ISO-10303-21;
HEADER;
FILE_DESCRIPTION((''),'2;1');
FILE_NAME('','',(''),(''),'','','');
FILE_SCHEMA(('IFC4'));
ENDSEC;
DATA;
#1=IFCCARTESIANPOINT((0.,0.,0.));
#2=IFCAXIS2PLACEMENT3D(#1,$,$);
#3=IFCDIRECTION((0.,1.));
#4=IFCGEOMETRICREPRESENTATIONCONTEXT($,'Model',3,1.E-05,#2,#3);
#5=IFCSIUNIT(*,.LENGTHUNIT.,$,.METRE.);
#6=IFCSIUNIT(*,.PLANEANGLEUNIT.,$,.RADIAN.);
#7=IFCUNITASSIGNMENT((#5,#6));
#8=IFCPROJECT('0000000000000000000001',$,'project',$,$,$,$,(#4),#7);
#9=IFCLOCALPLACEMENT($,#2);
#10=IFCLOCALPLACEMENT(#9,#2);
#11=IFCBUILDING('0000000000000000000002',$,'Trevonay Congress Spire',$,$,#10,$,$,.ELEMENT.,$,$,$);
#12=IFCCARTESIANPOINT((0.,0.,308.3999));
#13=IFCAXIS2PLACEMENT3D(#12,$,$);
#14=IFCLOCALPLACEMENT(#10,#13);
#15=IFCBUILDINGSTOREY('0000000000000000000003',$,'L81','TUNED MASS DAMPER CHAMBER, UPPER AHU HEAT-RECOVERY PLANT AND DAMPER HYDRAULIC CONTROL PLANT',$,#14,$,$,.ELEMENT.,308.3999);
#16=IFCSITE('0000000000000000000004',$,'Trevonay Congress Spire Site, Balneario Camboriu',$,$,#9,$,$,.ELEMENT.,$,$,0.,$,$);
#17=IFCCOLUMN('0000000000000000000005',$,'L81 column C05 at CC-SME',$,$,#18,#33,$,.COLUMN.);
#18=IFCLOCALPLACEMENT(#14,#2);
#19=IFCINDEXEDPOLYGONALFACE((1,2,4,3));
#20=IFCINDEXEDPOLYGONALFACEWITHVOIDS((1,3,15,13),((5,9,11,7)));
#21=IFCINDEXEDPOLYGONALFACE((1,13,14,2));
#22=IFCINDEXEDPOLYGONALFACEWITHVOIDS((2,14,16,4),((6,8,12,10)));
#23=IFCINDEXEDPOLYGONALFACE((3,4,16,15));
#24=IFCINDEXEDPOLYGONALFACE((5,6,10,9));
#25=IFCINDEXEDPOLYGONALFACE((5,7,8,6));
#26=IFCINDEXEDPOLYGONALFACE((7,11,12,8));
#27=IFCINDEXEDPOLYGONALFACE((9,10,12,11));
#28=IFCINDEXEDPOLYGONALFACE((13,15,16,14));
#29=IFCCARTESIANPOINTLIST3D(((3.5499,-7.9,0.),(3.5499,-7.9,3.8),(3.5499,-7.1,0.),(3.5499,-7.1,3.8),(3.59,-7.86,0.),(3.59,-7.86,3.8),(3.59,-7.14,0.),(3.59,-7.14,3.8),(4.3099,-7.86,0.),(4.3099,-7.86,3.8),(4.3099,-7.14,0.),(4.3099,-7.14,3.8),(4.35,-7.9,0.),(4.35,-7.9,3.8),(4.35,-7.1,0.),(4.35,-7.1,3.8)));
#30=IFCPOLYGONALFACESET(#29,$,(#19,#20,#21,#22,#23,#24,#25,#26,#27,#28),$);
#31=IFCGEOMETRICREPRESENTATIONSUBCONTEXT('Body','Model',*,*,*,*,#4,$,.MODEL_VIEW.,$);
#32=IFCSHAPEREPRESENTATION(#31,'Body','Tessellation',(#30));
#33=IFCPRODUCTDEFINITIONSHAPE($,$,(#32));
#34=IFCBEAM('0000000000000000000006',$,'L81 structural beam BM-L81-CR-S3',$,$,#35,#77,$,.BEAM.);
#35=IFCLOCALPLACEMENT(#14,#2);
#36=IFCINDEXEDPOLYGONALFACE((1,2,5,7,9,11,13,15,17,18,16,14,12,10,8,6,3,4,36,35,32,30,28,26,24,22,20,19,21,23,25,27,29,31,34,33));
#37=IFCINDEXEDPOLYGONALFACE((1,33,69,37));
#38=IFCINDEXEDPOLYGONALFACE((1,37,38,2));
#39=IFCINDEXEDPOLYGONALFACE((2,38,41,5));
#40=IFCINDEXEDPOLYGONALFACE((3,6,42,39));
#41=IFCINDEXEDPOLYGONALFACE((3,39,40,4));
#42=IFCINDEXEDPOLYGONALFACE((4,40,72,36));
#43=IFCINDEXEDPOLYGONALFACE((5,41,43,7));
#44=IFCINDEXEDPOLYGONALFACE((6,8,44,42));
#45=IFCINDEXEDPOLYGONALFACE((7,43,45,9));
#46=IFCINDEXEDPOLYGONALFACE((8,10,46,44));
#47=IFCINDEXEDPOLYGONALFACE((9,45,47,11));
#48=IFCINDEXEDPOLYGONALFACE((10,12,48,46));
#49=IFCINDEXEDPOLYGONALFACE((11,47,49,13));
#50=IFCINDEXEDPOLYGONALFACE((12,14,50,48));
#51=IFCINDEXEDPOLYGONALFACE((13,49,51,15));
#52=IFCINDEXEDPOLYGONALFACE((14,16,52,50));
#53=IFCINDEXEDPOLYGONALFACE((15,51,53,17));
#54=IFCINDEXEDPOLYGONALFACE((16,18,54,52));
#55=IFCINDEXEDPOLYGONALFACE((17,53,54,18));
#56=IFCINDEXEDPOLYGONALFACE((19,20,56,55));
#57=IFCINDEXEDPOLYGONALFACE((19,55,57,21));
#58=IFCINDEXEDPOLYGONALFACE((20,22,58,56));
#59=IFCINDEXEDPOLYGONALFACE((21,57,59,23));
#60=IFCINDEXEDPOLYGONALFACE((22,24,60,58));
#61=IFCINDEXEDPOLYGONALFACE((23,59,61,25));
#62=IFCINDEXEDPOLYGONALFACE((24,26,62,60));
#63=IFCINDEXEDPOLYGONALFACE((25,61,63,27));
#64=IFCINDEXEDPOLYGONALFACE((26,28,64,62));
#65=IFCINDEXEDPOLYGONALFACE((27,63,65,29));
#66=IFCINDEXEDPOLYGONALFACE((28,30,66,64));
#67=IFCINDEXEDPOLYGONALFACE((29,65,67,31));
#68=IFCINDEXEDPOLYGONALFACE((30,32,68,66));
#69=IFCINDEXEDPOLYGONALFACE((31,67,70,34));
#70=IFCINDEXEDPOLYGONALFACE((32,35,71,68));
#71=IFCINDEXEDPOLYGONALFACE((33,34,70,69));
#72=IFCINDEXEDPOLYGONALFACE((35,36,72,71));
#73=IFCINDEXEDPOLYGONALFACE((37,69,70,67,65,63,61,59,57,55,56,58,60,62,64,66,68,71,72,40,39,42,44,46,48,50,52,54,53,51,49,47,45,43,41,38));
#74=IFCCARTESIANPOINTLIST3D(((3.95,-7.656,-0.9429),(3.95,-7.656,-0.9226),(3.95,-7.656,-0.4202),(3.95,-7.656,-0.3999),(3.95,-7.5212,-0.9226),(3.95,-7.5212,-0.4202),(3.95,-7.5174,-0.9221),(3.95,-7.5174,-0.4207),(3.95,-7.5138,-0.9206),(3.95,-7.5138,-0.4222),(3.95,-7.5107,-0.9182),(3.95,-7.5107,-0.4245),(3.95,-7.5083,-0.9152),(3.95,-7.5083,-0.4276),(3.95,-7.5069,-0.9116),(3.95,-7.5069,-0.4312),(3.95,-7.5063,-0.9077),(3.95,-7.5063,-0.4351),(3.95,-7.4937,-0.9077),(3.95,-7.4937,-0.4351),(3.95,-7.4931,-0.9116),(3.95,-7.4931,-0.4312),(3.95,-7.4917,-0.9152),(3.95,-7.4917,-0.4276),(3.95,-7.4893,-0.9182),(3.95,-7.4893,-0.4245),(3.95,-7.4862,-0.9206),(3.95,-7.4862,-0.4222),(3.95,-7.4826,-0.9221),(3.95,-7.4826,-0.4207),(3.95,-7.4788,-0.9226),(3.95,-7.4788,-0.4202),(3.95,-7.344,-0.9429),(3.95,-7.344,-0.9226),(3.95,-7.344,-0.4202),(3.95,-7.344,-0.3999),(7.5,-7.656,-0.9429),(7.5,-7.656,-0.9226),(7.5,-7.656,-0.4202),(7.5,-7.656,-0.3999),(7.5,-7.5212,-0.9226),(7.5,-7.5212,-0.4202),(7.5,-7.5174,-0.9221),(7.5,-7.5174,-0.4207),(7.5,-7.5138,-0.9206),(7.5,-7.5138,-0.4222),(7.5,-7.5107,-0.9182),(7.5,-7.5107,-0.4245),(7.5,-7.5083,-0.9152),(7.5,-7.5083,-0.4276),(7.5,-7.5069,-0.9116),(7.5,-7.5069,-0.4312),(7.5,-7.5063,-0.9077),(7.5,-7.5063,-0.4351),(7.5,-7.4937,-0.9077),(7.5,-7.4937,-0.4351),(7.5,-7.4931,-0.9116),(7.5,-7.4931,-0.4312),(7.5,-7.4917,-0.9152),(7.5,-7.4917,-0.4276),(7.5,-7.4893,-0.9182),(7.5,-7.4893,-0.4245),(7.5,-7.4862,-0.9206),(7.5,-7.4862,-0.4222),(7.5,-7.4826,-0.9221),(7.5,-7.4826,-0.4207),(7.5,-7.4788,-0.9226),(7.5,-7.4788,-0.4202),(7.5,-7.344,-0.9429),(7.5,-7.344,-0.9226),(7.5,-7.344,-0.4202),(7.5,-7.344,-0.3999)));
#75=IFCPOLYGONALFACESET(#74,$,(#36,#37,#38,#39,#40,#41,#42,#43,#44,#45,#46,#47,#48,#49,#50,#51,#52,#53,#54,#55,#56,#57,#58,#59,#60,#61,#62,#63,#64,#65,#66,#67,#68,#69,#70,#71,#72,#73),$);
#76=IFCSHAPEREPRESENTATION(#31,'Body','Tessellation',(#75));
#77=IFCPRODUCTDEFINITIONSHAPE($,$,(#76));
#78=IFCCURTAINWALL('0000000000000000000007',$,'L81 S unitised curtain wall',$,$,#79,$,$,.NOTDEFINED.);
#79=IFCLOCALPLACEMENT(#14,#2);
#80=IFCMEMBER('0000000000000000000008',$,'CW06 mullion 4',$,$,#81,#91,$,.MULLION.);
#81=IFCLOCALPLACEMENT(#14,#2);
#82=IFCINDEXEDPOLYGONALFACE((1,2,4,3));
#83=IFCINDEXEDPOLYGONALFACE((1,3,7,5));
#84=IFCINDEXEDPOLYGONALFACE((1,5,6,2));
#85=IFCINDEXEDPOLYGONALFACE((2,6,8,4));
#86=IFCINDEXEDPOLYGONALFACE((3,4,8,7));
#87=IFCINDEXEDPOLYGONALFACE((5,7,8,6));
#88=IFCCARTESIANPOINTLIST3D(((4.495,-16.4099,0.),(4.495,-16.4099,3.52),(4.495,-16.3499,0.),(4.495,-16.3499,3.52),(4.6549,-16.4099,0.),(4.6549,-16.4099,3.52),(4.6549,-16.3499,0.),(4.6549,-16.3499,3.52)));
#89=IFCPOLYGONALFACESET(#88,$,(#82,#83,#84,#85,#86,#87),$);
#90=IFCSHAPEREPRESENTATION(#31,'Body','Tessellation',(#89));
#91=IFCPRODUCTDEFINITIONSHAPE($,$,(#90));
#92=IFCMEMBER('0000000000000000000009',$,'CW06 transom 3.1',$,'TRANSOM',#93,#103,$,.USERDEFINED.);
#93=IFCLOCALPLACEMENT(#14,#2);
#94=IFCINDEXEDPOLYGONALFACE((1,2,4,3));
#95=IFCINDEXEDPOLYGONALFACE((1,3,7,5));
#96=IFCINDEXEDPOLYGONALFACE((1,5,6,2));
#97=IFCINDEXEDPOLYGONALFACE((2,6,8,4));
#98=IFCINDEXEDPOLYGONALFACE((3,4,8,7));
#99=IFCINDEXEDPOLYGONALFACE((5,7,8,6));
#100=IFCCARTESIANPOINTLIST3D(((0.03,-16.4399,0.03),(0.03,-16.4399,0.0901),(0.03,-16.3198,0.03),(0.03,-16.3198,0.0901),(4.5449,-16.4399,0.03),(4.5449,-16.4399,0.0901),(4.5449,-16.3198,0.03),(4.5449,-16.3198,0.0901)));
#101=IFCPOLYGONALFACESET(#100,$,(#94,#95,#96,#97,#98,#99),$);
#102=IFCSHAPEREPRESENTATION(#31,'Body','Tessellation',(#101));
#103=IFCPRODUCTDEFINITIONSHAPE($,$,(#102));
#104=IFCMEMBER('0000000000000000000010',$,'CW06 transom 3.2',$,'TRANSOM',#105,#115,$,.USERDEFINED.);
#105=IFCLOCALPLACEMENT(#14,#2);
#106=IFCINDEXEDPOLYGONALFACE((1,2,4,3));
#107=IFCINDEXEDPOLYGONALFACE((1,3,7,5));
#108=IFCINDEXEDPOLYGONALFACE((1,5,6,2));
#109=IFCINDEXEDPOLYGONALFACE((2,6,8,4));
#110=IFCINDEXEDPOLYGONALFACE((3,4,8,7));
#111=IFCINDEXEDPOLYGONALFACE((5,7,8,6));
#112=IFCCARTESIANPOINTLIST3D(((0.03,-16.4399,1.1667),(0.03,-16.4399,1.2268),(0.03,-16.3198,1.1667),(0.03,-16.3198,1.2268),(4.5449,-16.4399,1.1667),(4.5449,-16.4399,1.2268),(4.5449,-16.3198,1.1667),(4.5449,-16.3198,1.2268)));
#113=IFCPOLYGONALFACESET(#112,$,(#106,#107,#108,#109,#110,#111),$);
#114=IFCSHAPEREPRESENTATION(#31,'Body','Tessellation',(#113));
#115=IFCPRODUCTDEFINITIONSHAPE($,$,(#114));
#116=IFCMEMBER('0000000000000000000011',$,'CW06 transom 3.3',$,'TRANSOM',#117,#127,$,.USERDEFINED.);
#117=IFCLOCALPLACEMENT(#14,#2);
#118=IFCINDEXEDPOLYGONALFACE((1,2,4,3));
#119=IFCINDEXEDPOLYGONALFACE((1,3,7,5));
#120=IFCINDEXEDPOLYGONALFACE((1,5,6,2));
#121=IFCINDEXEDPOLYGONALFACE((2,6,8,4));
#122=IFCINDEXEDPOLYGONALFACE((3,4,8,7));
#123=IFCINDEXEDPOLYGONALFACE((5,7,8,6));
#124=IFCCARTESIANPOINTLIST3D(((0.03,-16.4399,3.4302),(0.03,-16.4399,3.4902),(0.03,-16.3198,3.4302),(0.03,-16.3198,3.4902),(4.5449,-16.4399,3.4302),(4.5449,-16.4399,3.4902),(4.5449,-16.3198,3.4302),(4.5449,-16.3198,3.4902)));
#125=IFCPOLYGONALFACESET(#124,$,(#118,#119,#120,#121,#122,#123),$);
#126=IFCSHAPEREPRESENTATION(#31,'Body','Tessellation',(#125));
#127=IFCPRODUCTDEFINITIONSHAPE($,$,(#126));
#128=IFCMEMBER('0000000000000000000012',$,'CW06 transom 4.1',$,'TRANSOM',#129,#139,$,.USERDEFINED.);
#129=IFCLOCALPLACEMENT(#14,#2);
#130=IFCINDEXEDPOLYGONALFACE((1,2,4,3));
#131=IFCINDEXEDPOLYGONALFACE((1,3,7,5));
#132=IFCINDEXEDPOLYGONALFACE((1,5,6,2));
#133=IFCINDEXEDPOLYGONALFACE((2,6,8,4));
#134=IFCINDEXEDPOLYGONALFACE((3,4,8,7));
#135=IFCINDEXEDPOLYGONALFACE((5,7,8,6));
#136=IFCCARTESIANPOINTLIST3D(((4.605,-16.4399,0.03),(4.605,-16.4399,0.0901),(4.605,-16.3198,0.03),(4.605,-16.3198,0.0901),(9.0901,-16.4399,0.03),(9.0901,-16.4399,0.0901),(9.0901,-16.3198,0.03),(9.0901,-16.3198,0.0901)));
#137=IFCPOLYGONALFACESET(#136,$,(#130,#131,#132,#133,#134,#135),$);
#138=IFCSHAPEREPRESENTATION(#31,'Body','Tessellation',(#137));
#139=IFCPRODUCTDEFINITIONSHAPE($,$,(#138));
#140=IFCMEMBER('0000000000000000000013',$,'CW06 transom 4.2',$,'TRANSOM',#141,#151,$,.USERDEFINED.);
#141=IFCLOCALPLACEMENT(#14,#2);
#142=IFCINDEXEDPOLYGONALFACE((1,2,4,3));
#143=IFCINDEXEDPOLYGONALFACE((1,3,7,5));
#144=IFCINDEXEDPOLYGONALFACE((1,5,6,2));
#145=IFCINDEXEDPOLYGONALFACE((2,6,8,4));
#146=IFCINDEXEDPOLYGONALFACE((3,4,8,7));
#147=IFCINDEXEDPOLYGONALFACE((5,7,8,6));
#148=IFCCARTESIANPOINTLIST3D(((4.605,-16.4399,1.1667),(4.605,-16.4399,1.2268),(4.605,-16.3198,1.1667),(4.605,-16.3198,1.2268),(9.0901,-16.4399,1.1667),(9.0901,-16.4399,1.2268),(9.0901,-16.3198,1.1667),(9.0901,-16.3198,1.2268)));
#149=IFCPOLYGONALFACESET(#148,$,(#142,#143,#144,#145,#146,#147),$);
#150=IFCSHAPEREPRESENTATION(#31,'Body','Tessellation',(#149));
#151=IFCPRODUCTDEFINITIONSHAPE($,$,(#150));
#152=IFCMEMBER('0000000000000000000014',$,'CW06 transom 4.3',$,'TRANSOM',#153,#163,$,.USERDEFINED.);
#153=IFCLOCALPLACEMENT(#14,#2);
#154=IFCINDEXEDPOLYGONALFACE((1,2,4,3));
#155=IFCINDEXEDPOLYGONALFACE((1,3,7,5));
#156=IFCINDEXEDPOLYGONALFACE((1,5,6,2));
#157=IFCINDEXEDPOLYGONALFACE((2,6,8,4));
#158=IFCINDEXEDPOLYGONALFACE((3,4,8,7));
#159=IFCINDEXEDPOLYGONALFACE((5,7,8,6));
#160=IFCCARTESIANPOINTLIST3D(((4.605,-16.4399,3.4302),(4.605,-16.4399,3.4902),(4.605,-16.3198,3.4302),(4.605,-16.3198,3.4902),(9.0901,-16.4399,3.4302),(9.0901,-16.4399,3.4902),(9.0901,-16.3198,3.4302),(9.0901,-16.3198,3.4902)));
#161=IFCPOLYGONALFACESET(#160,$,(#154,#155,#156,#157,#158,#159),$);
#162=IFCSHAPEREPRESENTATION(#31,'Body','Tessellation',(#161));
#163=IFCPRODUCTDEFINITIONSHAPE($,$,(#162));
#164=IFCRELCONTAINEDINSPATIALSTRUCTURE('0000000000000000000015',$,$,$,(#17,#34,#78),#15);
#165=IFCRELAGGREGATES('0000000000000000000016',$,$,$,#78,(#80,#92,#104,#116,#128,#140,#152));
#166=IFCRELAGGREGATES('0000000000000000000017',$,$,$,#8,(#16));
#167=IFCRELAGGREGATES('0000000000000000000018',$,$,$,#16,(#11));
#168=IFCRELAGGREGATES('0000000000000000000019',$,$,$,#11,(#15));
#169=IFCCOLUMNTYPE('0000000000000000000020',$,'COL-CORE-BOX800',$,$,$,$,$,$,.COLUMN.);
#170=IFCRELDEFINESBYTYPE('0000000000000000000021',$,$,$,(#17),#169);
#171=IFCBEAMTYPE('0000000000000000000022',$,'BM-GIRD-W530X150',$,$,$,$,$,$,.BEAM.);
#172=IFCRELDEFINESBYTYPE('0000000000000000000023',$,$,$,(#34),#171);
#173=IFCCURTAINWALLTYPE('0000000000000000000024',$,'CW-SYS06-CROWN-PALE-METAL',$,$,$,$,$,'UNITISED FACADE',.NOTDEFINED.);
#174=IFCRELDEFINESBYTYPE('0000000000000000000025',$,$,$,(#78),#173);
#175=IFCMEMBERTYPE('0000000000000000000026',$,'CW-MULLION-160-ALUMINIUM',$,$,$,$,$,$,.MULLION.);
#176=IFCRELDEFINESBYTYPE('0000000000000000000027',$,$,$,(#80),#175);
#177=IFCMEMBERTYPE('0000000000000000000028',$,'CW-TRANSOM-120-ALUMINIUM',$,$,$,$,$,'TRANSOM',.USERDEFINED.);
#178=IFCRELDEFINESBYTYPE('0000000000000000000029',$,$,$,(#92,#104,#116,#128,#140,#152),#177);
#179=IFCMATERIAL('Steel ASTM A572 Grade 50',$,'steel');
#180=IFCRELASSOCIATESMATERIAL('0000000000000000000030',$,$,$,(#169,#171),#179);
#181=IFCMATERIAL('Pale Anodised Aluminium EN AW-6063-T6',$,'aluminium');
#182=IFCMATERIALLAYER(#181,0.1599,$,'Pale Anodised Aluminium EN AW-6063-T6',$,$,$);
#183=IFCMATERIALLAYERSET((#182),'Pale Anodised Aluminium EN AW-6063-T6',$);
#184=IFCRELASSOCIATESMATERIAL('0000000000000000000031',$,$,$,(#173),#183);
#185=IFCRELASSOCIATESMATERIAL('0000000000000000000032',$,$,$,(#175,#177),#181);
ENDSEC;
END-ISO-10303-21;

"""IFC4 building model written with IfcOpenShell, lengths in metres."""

from ifc_helpers import new_model, si_unit, direction, frame, origin, origin_2d, place, context, subcontext, project, spatial, rectangle, hollow_rectangle, i_section, extrude, material, layer, layer_set, material_profile, profile_set, type_object, element, aggregate, save


model = new_model("IFC4")

# Units and contexts
model_context = context("Model", 3, precision=1e-05, world=origin(), true_north=direction((0.0, 1.0)))
body_context = subcontext(model_context, "Body", "Model", "MODEL_VIEW")
ifc_project = project(units=[si_unit("LENGTHUNIT", "METRE"), si_unit("PLANEANGLEUNIT", "RADIAN")], contexts=[model_context])

# Site, building, storey
site_placement = place(None, origin())
site = spatial("IfcSite", under=ifc_project, at=site_placement, Name="Trevonay Congress Spire Site, Balneario Camboriu", CompositionType="ELEMENT", RefElevation=0.0)
building_placement = place(site_placement, origin())
building = spatial("IfcBuilding", under=site, at=building_placement, Name="Trevonay Congress Spire", CompositionType="ELEMENT")
storey_placement = place(building_placement, frame((0.0, 0.0, 308.3999)))
storey = spatial("IfcBuildingStorey", under=building, at=storey_placement, Name="L81", Description="TUNED MASS DAMPER CHAMBER, UPPER AHU HEAT-RECOVERY PLANT AND DAMPER HYDRAULIC CONTROL PLANT", CompositionType="ELEMENT", Elevation=308.3999)

# Column
ifc_material_1 = material(Name="Steel ASTM A572 Grade 50", Category="steel")
ifc_material_profile_1 = material_profile(ifc_material_1, hollow_rectangle(XDim=0.8, YDim=0.8, WallThickness=0.04, at=origin_2d()), Name="BOX 800x800x40")
ifc_profile_set_1 = profile_set([ifc_material_profile_1], Name="Steel ASTM A572 Grade 50")
column_type = type_object("IfcColumnType", Name="COL-CORE-BOX800", PredefinedType="COLUMN", material=ifc_profile_set_1)
column_placement = place(storey_placement, frame((3.95, -7.5, 0.0), z_axis=(0.0, 0.0, 1.0), x_axis=(1.0, 0.0, 0.0)))
element("IfcColumn", 1, at=column_placement, inside=storey, type_object=column_type, Name="L81 column C05 at CC-SME", PredefinedType="COLUMN", context=body_context, shape_type="SweptSolid", body=[
    extrude(hollow_rectangle(XDim=0.8, YDim=0.8, WallThickness=0.04, at=origin_2d()), origin(), (0.0, 0.0, 1.0), 3.8),
])

# Beam
ifc_material_profile_2 = material_profile(ifc_material_1, i_section(OverallWidth=0.312, OverallDepth=0.543, WebThickness=0.0127, FlangeThickness=0.0203, FilletRadius=0.0149, at=origin_2d()), Name="W530x150")
ifc_profile_set_2 = profile_set([ifc_material_profile_2], Name="Steel ASTM A572 Grade 50")
beam_type_1 = type_object("IfcBeamType", Name="BM-GIRD-W530X150", PredefinedType="BEAM", material=ifc_profile_set_2)
beam_1_placement = place(storey_placement, frame((3.95, -7.5, -0.6714), z_axis=(1.0, 0.0, 0.0), x_axis=(0.0, 1.0, 0.0)))
element("IfcBeam", 2, at=beam_1_placement, inside=storey, type_object=beam_type_1, Name="L81 structural beam BM-L81-CR-S3", PredefinedType="BEAM", context=body_context, shape_type="SweptSolid", body=[
    extrude(i_section(OverallWidth=0.312, OverallDepth=0.543, WebThickness=0.0127, FlangeThickness=0.0203, FilletRadius=0.0149, at=origin_2d()), origin(), (0.0, 0.0, 1.0), 3.55),
])

# Curtain wall, members
ifc_material_2 = material(Name="Pale Anodised Aluminium EN AW-6063-T6", Category="aluminium")
ifc_layer_1 = layer(ifc_material_2, 0.1599, Name="Pale Anodised Aluminium EN AW-6063-T6")
ifc_layer_set_1 = layer_set([ifc_layer_1], Name="Pale Anodised Aluminium EN AW-6063-T6")
curtain_wall_type = type_object("IfcCurtainWallType", Name="CW-SYS06-CROWN-PALE-METAL", ElementType="UNITISED FACADE", PredefinedType="NOTDEFINED", material=ifc_layer_set_1)
curtain_wall_placement = place(storey_placement, origin())
curtain_wall = element("IfcCurtainWall", 3, at=curtain_wall_placement, inside=storey, type_object=curtain_wall_type, Name="L81 S unitised curtain wall", PredefinedType="NOTDEFINED")
ifc_material_profile_3 = material_profile(ifc_material_2, rectangle(XDim=0.0601, YDim=0.1599, at=origin_2d()), Name="CW-MULLION-160-ALUMINIUM")
ifc_profile_set_3 = profile_set([ifc_material_profile_3], Name="Pale Anodised Aluminium EN AW-6063-T6")
member_type_1 = type_object("IfcMemberType", Name="CW-MULLION-160-ALUMINIUM", PredefinedType="MULLION", material=ifc_profile_set_3)
member_1_placement = place(storey_placement, frame((4.575, -16.3799, 0.0), z_axis=(0.0, 0.0, 1.0), x_axis=(0.0, 1.0, 0.0)))
member_1 = element("IfcMember", 4, at=member_1_placement, type_object=member_type_1, Name="CW06 mullion 4", PredefinedType="MULLION", context=body_context, shape_type="SweptSolid", body=[
    extrude(rectangle(XDim=0.0601, YDim=0.1599, at=origin_2d()), origin(), (0.0, 0.0, 1.0), 3.52),
])
ifc_material_profile_4 = material_profile(ifc_material_2, rectangle(XDim=0.1201, YDim=0.0601, at=origin_2d()), Name="CW-TRANSOM-120-ALUMINIUM")
ifc_profile_set_4 = profile_set([ifc_material_profile_4], Name="Pale Anodised Aluminium EN AW-6063-T6")
member_type_2 = type_object("IfcMemberType", Name="CW-TRANSOM-120-ALUMINIUM", ElementType="TRANSOM", PredefinedType="USERDEFINED", material=ifc_profile_set_4)
member_2_placement = place(storey_placement, frame((0.03, -16.3799, 0.0601), z_axis=(1.0, 0.0, 0.0), x_axis=(0.0, 1.0, 0.0)))
member_2 = element("IfcMember", 5, at=member_2_placement, type_object=member_type_2, Name="CW06 transom 3.1", ObjectType="TRANSOM", PredefinedType="USERDEFINED", context=body_context, shape_type="SweptSolid", body=[
    extrude(rectangle(XDim=0.1201, YDim=0.0601, at=origin_2d()), origin(), (0.0, 0.0, 1.0), 4.5149),
])
member_3_placement = place(storey_placement, frame((0.03, -16.3799, 1.1968), z_axis=(1.0, 0.0, 0.0), x_axis=(0.0, 1.0, 0.0)))
member_3 = element("IfcMember", 6, at=member_3_placement, type_object=member_type_2, Name="CW06 transom 3.2", ObjectType="TRANSOM", PredefinedType="USERDEFINED", context=body_context, shape_type="SweptSolid", body=[
    extrude(rectangle(XDim=0.1201, YDim=0.0601, at=origin_2d()), origin(), (0.0, 0.0, 1.0), 4.5149),
])
member_4_placement = place(storey_placement, frame((0.03, -16.3799, 3.4602), z_axis=(1.0, 0.0, 0.0), x_axis=(0.0, 1.0, 0.0)))
member_4 = element("IfcMember", 7, at=member_4_placement, type_object=member_type_2, Name="CW06 transom 3.3", ObjectType="TRANSOM", PredefinedType="USERDEFINED", context=body_context, shape_type="SweptSolid", body=[
    extrude(rectangle(XDim=0.1201, YDim=0.0601, at=origin_2d()), origin(), (0.0, 0.0, 1.0), 4.5149),
])
member_5_placement = place(storey_placement, frame((4.605, -16.3799, 0.0601), z_axis=(1.0, 0.0, 0.0), x_axis=(0.0, 1.0, 0.0)))
member_5 = element("IfcMember", 8, at=member_5_placement, type_object=member_type_2, Name="CW06 transom 4.1", ObjectType="TRANSOM", PredefinedType="USERDEFINED", context=body_context, shape_type="SweptSolid", body=[
    extrude(rectangle(XDim=0.1201, YDim=0.0601, at=origin_2d()), origin(), (0.0, 0.0, 1.0), 4.4851),
])
member_6_placement = place(storey_placement, frame((4.605, -16.3799, 1.1968), z_axis=(1.0, 0.0, 0.0), x_axis=(0.0, 1.0, 0.0)))
member_6 = element("IfcMember", 9, at=member_6_placement, type_object=member_type_2, Name="CW06 transom 4.2", ObjectType="TRANSOM", PredefinedType="USERDEFINED", context=body_context, shape_type="SweptSolid", body=[
    extrude(rectangle(XDim=0.1201, YDim=0.0601, at=origin_2d()), origin(), (0.0, 0.0, 1.0), 4.4851),
])
member_7_placement = place(storey_placement, frame((4.605, -16.3799, 3.4602), z_axis=(1.0, 0.0, 0.0), x_axis=(0.0, 1.0, 0.0)))
member_7 = element("IfcMember", 10, at=member_7_placement, type_object=member_type_2, Name="CW06 transom 4.3", ObjectType="TRANSOM", PredefinedType="USERDEFINED", context=body_context, shape_type="SweptSolid", body=[
    extrude(rectangle(XDim=0.1201, YDim=0.0601, at=origin_2d()), origin(), (0.0, 0.0, 1.0), 4.4851),
])

aggregate(curtain_wall, [member_1, member_2, member_3, member_4, member_5, member_6, member_7])

save(model, "model.ifc")
